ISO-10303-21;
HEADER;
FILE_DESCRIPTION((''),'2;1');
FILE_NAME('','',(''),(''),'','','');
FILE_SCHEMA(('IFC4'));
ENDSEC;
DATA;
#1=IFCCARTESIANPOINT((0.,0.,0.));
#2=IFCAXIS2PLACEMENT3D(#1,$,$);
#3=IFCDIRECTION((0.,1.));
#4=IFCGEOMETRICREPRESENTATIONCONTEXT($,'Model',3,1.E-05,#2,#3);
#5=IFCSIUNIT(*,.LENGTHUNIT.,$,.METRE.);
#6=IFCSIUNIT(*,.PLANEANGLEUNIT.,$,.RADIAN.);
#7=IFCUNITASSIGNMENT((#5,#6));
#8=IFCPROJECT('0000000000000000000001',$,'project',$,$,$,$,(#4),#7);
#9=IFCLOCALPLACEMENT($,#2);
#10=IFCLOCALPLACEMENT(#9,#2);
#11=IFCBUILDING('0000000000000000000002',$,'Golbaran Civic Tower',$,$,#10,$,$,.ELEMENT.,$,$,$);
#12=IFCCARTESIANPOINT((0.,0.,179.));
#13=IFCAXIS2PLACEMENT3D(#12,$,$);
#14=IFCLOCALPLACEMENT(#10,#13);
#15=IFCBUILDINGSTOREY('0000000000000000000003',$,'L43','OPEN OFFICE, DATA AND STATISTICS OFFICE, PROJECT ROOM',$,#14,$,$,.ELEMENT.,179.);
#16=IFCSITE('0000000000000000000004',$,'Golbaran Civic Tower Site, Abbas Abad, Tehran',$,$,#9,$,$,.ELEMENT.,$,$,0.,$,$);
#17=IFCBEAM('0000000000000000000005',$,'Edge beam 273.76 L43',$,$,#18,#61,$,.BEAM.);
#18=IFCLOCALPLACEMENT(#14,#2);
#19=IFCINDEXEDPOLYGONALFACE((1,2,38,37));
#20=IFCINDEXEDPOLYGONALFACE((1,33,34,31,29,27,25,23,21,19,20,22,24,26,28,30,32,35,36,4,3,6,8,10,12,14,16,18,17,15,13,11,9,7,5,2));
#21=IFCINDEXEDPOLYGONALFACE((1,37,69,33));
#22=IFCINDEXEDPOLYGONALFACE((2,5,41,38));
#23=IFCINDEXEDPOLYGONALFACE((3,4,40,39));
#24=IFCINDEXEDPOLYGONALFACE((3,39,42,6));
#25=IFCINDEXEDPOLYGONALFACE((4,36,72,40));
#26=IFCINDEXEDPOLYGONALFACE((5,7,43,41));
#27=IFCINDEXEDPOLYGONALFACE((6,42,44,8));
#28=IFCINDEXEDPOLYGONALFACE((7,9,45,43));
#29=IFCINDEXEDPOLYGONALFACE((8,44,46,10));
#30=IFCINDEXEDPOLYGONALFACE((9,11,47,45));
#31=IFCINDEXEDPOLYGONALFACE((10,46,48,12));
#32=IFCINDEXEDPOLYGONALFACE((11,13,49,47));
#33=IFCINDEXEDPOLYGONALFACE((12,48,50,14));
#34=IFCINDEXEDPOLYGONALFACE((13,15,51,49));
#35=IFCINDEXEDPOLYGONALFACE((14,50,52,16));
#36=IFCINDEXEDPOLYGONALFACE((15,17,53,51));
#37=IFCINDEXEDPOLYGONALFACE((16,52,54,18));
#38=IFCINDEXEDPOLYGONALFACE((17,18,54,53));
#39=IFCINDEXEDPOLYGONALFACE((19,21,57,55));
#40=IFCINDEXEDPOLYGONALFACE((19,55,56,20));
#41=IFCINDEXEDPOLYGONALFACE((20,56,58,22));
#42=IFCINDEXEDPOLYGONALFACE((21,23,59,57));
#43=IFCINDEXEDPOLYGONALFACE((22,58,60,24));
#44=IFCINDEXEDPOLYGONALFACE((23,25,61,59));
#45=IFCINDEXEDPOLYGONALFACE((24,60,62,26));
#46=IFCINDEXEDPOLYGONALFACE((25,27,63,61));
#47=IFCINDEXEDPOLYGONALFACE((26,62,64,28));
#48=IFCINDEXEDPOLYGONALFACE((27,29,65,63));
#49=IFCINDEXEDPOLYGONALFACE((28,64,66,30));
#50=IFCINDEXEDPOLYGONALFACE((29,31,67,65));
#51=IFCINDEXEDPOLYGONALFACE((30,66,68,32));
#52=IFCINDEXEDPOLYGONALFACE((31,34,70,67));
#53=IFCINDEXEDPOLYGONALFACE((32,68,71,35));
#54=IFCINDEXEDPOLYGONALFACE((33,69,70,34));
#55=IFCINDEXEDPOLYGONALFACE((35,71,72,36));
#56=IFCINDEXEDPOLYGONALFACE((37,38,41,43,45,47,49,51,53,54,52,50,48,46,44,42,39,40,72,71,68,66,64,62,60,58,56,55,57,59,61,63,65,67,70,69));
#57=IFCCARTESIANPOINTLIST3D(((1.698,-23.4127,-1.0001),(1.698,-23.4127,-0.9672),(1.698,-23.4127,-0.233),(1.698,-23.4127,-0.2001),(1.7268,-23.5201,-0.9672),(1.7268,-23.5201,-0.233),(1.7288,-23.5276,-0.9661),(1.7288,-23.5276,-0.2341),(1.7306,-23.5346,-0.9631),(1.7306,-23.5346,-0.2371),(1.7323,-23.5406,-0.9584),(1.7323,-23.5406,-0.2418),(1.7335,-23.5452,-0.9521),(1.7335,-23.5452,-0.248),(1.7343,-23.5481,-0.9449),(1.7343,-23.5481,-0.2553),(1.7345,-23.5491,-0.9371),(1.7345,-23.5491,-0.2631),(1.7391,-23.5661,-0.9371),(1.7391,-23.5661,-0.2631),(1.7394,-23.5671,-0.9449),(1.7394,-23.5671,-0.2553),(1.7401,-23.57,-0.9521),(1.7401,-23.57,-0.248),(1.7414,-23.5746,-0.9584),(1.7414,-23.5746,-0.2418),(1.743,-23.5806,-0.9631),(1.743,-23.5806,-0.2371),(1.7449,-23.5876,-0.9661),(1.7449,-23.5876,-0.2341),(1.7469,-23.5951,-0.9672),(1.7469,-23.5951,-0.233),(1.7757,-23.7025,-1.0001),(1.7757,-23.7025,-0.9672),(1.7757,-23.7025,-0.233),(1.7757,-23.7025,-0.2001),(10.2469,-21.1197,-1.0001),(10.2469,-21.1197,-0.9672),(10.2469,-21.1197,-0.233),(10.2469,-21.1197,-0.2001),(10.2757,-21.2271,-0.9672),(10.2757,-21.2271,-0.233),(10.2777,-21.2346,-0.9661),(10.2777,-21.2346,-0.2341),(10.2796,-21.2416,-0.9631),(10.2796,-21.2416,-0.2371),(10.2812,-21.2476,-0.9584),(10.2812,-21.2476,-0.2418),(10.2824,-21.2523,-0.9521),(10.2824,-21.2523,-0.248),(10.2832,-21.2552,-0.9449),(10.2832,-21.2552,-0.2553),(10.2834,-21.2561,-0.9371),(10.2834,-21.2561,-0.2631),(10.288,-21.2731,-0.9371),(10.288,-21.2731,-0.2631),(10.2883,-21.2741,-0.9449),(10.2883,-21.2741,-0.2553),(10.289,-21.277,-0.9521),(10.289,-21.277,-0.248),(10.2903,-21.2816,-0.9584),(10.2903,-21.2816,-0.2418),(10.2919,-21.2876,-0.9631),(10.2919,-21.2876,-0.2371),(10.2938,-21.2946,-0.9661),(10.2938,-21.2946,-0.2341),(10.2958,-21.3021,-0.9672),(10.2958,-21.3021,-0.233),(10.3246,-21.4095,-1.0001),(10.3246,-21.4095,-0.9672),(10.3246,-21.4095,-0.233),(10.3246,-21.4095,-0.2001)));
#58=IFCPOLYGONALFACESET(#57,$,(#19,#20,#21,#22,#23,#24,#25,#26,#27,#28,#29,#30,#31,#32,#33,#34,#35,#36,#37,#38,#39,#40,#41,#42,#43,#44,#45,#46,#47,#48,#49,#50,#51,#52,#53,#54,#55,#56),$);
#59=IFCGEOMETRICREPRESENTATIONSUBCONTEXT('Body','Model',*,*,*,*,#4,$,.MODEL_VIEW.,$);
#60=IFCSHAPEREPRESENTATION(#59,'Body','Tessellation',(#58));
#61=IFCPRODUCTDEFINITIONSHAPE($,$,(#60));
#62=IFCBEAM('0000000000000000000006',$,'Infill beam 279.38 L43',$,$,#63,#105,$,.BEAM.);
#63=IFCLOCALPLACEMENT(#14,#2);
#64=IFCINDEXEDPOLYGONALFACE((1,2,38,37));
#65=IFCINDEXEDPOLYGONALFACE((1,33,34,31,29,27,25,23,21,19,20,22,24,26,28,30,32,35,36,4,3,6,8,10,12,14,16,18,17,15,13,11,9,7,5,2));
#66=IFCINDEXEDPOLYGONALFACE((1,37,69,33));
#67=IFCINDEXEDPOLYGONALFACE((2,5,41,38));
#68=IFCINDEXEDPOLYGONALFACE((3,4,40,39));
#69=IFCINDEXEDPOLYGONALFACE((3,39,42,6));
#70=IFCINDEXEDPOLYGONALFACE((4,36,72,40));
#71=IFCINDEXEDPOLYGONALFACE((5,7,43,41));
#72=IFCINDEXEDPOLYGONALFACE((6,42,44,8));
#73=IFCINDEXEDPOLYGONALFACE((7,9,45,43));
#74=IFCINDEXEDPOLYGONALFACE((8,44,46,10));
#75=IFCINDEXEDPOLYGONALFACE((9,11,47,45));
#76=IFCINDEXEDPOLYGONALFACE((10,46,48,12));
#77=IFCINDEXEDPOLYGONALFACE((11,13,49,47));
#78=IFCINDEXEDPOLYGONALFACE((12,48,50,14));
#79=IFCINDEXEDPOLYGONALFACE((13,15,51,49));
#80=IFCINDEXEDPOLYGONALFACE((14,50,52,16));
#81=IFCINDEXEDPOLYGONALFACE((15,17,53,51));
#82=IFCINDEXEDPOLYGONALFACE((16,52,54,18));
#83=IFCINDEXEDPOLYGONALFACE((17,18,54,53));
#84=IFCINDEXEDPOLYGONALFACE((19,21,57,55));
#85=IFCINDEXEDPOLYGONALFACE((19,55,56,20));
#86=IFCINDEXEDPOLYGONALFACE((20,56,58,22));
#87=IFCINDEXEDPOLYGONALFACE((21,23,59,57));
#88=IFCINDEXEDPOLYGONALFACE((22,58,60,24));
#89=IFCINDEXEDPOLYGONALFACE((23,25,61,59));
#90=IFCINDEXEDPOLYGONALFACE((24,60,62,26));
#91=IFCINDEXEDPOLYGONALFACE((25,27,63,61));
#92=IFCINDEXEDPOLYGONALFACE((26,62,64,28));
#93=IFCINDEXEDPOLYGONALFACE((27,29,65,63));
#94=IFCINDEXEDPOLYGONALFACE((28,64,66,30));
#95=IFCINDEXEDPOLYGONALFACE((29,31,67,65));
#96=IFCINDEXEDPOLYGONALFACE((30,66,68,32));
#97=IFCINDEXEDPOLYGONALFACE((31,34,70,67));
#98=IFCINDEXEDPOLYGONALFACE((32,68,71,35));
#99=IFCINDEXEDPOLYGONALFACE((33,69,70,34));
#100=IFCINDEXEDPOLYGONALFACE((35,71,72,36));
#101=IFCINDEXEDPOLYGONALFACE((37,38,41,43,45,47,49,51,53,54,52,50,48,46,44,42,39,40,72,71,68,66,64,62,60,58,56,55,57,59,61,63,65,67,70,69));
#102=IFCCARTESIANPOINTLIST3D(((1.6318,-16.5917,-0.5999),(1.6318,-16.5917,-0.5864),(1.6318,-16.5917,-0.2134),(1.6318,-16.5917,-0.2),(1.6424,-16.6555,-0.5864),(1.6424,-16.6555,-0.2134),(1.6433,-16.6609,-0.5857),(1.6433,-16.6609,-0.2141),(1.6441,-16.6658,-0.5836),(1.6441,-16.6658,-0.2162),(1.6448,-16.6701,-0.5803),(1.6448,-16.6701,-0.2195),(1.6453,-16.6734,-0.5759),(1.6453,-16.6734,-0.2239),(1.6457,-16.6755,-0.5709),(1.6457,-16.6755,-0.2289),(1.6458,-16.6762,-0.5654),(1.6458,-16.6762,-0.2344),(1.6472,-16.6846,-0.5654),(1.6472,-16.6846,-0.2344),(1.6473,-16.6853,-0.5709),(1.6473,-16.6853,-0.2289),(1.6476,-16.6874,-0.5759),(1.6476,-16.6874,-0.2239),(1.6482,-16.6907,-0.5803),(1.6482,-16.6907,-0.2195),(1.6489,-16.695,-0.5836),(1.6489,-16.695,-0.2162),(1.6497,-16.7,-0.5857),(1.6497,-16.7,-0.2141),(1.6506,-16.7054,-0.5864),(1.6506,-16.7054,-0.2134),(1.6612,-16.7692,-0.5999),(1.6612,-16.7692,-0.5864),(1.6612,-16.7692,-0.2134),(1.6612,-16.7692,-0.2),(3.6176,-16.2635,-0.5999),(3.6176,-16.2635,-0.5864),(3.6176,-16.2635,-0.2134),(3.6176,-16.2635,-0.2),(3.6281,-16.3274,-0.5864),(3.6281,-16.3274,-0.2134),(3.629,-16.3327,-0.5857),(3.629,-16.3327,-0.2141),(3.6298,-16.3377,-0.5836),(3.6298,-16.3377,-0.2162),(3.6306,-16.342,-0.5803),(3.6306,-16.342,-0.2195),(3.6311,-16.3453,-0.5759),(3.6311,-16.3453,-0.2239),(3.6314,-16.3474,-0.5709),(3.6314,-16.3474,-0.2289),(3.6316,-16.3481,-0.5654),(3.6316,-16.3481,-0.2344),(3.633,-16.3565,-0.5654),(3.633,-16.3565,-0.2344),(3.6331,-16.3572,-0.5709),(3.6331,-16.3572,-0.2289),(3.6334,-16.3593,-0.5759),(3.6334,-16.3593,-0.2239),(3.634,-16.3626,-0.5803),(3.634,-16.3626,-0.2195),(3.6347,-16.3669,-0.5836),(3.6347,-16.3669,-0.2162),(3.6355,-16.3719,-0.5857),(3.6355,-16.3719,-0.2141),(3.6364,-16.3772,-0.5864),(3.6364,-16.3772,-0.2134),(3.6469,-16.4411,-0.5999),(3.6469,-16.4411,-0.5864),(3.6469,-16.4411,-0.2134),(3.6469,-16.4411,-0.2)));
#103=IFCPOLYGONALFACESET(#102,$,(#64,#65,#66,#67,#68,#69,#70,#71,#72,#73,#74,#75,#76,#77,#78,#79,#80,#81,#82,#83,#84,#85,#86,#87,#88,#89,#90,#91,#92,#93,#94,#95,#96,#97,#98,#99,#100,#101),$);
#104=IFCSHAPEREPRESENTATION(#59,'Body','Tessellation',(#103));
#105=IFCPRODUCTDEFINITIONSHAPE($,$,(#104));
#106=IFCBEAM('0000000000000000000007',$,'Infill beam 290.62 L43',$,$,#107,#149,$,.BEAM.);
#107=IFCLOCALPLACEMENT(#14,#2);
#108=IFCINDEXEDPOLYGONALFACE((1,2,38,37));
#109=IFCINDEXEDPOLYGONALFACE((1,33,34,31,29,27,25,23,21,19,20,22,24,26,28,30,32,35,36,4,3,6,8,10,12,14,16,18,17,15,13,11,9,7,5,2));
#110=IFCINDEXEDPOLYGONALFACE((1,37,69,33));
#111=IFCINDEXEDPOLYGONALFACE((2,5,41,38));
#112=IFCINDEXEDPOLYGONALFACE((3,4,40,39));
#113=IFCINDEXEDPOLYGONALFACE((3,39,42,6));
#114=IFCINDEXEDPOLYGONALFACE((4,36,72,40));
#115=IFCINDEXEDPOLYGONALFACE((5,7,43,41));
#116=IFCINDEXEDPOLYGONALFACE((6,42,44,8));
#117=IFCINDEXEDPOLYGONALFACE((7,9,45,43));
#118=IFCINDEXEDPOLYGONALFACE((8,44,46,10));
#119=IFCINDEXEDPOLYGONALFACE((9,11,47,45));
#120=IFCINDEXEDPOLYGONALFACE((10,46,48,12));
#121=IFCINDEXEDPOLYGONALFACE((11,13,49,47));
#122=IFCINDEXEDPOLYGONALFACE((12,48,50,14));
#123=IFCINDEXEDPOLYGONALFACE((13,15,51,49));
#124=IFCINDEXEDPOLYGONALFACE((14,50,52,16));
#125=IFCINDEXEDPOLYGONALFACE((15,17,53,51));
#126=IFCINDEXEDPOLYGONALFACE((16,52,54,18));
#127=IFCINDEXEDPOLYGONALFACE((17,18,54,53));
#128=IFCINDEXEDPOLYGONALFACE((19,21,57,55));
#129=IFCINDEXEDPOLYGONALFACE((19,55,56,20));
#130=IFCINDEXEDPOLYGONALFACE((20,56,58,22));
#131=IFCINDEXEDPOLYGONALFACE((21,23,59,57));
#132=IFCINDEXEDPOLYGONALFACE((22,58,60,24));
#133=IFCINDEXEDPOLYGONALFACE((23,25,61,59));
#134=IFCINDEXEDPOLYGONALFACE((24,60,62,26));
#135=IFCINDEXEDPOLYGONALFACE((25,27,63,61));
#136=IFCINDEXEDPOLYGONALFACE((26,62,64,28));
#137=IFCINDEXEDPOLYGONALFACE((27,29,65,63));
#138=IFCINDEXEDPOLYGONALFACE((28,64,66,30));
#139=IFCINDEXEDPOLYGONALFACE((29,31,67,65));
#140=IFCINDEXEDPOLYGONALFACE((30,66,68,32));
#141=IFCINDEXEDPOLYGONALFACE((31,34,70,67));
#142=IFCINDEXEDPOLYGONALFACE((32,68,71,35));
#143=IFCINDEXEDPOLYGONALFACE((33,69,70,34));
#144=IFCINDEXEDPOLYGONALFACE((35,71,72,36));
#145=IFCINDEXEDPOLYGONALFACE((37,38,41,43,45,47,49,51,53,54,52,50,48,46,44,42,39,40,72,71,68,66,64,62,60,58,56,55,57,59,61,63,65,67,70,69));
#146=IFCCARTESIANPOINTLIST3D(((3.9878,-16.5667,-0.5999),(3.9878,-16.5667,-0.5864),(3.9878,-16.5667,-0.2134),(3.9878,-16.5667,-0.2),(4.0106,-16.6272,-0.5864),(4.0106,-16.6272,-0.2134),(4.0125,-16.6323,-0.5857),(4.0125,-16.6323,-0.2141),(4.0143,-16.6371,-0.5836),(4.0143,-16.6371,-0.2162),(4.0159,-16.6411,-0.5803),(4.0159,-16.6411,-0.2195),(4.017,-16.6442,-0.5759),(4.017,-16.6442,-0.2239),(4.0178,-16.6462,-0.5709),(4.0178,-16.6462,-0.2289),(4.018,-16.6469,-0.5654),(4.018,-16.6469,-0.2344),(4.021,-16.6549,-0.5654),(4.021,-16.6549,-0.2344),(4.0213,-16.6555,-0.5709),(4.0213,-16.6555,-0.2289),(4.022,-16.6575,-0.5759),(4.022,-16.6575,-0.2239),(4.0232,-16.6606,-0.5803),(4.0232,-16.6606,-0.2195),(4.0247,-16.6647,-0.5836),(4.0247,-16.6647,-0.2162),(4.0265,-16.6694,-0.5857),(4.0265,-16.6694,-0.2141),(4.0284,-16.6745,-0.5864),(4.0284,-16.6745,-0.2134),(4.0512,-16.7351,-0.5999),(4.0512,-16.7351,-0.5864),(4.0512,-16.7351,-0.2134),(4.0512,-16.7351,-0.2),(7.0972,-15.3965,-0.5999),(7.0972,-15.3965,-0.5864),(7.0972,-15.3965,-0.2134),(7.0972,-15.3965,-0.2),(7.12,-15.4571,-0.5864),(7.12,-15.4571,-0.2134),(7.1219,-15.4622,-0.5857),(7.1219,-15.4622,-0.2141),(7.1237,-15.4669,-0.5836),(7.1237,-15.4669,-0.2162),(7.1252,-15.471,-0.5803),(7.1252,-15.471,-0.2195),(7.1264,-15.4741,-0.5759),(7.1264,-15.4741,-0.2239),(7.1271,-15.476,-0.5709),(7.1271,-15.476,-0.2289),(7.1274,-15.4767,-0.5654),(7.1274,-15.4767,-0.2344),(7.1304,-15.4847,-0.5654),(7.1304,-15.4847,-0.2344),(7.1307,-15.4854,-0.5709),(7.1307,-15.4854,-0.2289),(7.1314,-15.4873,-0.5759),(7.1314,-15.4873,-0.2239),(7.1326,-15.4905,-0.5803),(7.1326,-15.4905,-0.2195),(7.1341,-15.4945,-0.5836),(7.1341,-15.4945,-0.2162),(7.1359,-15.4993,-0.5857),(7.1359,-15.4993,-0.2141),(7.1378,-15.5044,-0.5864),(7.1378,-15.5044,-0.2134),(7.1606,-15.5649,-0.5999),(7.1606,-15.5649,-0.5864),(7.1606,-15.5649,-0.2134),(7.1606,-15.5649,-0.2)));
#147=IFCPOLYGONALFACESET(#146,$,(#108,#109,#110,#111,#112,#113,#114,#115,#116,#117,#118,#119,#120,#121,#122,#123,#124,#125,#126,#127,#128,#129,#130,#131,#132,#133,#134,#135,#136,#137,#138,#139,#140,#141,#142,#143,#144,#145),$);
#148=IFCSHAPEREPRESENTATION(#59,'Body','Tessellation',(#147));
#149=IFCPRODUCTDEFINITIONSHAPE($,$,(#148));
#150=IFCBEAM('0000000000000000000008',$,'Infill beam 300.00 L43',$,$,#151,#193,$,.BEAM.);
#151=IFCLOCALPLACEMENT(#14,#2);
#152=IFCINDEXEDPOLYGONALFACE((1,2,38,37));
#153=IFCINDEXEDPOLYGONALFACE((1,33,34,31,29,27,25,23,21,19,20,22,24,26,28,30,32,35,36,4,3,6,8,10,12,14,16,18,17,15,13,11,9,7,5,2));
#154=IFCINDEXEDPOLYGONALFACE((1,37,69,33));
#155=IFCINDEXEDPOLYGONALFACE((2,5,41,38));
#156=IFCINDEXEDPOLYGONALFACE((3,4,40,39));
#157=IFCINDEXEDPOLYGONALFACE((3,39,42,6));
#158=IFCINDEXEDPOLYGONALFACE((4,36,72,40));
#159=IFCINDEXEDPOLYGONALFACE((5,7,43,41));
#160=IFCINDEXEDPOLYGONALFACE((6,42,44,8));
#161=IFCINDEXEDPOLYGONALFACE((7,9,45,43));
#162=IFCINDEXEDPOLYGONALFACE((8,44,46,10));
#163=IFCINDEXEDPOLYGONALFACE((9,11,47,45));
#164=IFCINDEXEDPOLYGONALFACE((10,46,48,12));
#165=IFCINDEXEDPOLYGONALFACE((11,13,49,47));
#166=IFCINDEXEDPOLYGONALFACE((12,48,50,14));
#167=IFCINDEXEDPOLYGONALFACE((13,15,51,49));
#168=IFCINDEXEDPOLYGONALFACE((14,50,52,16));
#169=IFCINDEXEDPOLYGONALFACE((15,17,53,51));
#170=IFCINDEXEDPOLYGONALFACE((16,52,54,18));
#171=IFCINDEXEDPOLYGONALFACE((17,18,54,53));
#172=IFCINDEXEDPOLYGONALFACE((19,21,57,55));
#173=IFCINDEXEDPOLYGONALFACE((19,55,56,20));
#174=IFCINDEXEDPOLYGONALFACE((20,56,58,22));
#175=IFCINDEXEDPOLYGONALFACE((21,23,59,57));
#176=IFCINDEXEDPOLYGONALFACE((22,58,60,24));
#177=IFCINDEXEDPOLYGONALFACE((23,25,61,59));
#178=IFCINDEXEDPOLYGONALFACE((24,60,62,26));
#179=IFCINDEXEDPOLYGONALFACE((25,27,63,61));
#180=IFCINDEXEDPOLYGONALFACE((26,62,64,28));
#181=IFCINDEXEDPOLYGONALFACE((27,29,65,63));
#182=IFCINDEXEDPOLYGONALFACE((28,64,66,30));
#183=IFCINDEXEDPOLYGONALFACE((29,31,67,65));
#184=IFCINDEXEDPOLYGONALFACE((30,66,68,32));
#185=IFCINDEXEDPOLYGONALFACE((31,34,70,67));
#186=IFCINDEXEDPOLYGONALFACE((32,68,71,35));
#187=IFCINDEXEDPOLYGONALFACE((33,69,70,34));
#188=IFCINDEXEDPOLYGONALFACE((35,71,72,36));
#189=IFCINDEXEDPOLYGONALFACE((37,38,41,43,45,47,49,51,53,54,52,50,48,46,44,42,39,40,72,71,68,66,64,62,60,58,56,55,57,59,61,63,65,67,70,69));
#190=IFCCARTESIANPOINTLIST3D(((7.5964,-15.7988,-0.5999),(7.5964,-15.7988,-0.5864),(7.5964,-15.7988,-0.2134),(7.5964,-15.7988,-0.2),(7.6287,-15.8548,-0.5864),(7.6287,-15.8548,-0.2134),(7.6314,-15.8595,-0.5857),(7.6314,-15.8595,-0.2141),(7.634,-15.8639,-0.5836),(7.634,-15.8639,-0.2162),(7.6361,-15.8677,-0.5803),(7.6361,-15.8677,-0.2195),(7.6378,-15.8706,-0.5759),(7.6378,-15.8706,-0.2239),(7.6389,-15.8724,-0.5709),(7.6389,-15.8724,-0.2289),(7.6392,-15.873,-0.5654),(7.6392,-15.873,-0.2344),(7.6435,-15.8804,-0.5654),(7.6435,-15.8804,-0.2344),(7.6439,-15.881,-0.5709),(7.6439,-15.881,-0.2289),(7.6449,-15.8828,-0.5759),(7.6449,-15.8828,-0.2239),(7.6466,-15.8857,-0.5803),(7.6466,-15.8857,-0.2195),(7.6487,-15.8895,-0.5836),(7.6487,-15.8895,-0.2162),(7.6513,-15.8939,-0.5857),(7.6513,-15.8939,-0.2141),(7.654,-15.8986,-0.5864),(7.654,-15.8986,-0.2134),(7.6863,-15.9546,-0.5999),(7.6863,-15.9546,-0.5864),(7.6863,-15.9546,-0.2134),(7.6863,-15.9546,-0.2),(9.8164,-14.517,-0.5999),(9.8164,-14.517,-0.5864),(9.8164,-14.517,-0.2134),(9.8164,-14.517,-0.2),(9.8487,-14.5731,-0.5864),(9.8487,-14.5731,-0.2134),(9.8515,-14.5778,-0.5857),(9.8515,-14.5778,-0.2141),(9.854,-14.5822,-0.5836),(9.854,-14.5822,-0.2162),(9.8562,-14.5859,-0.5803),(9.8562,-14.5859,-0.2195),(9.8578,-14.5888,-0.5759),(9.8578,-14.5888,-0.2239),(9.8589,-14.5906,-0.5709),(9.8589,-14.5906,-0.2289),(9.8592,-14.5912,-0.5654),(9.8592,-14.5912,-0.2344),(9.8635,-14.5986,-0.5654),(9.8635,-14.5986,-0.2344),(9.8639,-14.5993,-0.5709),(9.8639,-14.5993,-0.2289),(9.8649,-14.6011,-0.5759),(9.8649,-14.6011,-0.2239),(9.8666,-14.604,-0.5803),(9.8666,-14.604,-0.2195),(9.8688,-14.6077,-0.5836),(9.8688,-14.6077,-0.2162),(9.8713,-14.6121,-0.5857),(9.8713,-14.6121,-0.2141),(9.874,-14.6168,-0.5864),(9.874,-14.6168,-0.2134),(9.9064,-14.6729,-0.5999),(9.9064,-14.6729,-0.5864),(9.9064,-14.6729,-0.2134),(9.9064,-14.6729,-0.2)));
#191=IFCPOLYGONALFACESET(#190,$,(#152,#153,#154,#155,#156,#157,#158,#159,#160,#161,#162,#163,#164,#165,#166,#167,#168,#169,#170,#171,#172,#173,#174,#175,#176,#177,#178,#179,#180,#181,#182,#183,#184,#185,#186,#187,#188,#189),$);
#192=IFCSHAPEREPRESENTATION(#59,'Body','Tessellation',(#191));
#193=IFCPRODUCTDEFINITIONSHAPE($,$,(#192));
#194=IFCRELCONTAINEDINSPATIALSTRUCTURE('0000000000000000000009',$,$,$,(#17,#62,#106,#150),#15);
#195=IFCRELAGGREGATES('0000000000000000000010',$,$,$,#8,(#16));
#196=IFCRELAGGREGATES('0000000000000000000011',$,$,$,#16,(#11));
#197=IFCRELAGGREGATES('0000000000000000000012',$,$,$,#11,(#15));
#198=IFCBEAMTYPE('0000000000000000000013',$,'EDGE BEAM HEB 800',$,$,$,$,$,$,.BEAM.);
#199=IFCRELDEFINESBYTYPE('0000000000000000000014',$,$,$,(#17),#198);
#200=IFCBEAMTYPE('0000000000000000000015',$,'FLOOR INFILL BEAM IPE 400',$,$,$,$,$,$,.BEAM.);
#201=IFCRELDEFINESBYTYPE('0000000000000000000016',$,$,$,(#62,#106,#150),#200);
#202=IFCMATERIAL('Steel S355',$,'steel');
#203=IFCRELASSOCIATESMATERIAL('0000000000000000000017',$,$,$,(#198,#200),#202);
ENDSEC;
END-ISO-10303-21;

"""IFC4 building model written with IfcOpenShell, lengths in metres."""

from ifc_helpers import new_model, si_unit, direction, frame, origin, origin_2d, place, context, subcontext, project, spatial, i_section, extrude, material, material_profile, profile_set, type_object, element, save


model = new_model("IFC4")

# Units and contexts
model_context = context("Model", 3, precision=1e-05, world=origin(), true_north=direction((0.0, 1.0)))
body_context = subcontext(model_context, "Body", "Model", "MODEL_VIEW")
ifc_project = project(units=[si_unit("LENGTHUNIT", "METRE"), si_unit("PLANEANGLEUNIT", "RADIAN")], contexts=[model_context])

# Site, building, storey
site_placement = place(None, origin())
site = spatial("IfcSite", under=ifc_project, at=site_placement, Name="Golbaran Civic Tower Site, Abbas Abad, Tehran", CompositionType="ELEMENT", RefElevation=0.0)
building_placement = place(site_placement, origin())
building = spatial("IfcBuilding", under=site, at=building_placement, Name="Golbaran Civic Tower", CompositionType="ELEMENT")
storey_placement = place(building_placement, frame((0.0, 0.0, 179.0)))
storey = spatial("IfcBuildingStorey", under=building, at=storey_placement, Name="L43", Description="OPEN OFFICE, DATA AND STATISTICS OFFICE, PROJECT ROOM", CompositionType="ELEMENT", Elevation=179.0)

# Beams
ifc_material_1 = material(Name="Steel S355", Category="steel")
ifc_material_profile_1 = material_profile(ifc_material_1, i_section(OverallWidth=0.3, OverallDepth=0.8, WebThickness=0.0176, FlangeThickness=0.033, FilletRadius=0.03, at=origin_2d()), Name="HEB 800")
ifc_profile_set_1 = profile_set([ifc_material_profile_1], Name="Steel S355")
beam_type_1 = type_object("IfcBeamType", Name="EDGE BEAM HEB 800", PredefinedType="BEAM", material=ifc_profile_set_1)
beam_1_placement = place(storey_placement, frame((1.7368, -23.5576, -0.6001), z_axis=(0.96586, 0.259063, 0.0), x_axis=(-0.259063, 0.96586, 0.0)))
element("IfcBeam", 1, at=beam_1_placement, inside=storey, type_object=beam_type_1, Name="Edge beam 273.76 L43", PredefinedType="BEAM", context=body_context, shape_type="SweptSolid", body=[
    extrude(i_section(OverallWidth=0.3, OverallDepth=0.8, WebThickness=0.0176, FlangeThickness=0.033, FilletRadius=0.03, at=origin_2d()), origin(), (0.0, 0.0, 1.0), 8.8511),
])
ifc_material_profile_2 = material_profile(ifc_material_1, i_section(OverallWidth=0.1799, OverallDepth=0.3999, WebThickness=0.0085, FlangeThickness=0.0134, FilletRadius=0.021, at=origin_2d()), Name="IPE 400")
ifc_profile_set_2 = profile_set([ifc_material_profile_2], Name="Steel S355")
beam_type_2 = type_object("IfcBeamType", Name="FLOOR INFILL BEAM IPE 400", PredefinedType="BEAM", material=ifc_profile_set_2)
beam_2_placement = place(storey_placement, frame((1.6465, -16.6804, -0.3999), z_axis=(0.986622, 0.163022, 0.0), x_axis=(-0.163022, 0.986622, 0.0)))
element("IfcBeam", 2, at=beam_2_placement, inside=storey, type_object=beam_type_2, Name="Infill beam 279.38 L43", PredefinedType="BEAM", context=body_context, shape_type="SweptSolid", body=[
    extrude(i_section(OverallWidth=0.1799, OverallDepth=0.3999, WebThickness=0.0085, FlangeThickness=0.0134, FilletRadius=0.021, at=origin_2d()), origin(), (0.0, 0.0, 1.0), 2.0127),
])
beam_3_placement = place(storey_placement, frame((4.0195, -16.6509, -0.3999), z_axis=(0.935918, 0.352218, 0.0), x_axis=(-0.352218, 0.935918, 0.0)))
element("IfcBeam", 3, at=beam_3_placement, inside=storey, type_object=beam_type_2, Name="Infill beam 290.62 L43", PredefinedType="BEAM", context=body_context, shape_type="SweptSolid", body=[
    extrude(i_section(OverallWidth=0.1799, OverallDepth=0.3999, WebThickness=0.0085, FlangeThickness=0.0134, FilletRadius=0.021, at=origin_2d()), origin(), (0.0, 0.0, 1.0), 3.3223),
])
beam_4_placement = place(storey_placement, frame((7.6414, -15.8767, -0.3999), z_axis=(0.866019, 0.500011, 0.0), x_axis=(-0.500011, 0.866019, 0.0)))
element("IfcBeam", 4, at=beam_4_placement, inside=storey, type_object=beam_type_2, Name="Infill beam 300.00 L43", PredefinedType="BEAM", context=body_context, shape_type="SweptSolid", body=[
    extrude(i_section(OverallWidth=0.1799, OverallDepth=0.3999, WebThickness=0.0085, FlangeThickness=0.0134, FilletRadius=0.021, at=origin_2d()), origin(), (0.0, 0.0, 1.0), 2.5635),
])

save(model, "model.ifc")
